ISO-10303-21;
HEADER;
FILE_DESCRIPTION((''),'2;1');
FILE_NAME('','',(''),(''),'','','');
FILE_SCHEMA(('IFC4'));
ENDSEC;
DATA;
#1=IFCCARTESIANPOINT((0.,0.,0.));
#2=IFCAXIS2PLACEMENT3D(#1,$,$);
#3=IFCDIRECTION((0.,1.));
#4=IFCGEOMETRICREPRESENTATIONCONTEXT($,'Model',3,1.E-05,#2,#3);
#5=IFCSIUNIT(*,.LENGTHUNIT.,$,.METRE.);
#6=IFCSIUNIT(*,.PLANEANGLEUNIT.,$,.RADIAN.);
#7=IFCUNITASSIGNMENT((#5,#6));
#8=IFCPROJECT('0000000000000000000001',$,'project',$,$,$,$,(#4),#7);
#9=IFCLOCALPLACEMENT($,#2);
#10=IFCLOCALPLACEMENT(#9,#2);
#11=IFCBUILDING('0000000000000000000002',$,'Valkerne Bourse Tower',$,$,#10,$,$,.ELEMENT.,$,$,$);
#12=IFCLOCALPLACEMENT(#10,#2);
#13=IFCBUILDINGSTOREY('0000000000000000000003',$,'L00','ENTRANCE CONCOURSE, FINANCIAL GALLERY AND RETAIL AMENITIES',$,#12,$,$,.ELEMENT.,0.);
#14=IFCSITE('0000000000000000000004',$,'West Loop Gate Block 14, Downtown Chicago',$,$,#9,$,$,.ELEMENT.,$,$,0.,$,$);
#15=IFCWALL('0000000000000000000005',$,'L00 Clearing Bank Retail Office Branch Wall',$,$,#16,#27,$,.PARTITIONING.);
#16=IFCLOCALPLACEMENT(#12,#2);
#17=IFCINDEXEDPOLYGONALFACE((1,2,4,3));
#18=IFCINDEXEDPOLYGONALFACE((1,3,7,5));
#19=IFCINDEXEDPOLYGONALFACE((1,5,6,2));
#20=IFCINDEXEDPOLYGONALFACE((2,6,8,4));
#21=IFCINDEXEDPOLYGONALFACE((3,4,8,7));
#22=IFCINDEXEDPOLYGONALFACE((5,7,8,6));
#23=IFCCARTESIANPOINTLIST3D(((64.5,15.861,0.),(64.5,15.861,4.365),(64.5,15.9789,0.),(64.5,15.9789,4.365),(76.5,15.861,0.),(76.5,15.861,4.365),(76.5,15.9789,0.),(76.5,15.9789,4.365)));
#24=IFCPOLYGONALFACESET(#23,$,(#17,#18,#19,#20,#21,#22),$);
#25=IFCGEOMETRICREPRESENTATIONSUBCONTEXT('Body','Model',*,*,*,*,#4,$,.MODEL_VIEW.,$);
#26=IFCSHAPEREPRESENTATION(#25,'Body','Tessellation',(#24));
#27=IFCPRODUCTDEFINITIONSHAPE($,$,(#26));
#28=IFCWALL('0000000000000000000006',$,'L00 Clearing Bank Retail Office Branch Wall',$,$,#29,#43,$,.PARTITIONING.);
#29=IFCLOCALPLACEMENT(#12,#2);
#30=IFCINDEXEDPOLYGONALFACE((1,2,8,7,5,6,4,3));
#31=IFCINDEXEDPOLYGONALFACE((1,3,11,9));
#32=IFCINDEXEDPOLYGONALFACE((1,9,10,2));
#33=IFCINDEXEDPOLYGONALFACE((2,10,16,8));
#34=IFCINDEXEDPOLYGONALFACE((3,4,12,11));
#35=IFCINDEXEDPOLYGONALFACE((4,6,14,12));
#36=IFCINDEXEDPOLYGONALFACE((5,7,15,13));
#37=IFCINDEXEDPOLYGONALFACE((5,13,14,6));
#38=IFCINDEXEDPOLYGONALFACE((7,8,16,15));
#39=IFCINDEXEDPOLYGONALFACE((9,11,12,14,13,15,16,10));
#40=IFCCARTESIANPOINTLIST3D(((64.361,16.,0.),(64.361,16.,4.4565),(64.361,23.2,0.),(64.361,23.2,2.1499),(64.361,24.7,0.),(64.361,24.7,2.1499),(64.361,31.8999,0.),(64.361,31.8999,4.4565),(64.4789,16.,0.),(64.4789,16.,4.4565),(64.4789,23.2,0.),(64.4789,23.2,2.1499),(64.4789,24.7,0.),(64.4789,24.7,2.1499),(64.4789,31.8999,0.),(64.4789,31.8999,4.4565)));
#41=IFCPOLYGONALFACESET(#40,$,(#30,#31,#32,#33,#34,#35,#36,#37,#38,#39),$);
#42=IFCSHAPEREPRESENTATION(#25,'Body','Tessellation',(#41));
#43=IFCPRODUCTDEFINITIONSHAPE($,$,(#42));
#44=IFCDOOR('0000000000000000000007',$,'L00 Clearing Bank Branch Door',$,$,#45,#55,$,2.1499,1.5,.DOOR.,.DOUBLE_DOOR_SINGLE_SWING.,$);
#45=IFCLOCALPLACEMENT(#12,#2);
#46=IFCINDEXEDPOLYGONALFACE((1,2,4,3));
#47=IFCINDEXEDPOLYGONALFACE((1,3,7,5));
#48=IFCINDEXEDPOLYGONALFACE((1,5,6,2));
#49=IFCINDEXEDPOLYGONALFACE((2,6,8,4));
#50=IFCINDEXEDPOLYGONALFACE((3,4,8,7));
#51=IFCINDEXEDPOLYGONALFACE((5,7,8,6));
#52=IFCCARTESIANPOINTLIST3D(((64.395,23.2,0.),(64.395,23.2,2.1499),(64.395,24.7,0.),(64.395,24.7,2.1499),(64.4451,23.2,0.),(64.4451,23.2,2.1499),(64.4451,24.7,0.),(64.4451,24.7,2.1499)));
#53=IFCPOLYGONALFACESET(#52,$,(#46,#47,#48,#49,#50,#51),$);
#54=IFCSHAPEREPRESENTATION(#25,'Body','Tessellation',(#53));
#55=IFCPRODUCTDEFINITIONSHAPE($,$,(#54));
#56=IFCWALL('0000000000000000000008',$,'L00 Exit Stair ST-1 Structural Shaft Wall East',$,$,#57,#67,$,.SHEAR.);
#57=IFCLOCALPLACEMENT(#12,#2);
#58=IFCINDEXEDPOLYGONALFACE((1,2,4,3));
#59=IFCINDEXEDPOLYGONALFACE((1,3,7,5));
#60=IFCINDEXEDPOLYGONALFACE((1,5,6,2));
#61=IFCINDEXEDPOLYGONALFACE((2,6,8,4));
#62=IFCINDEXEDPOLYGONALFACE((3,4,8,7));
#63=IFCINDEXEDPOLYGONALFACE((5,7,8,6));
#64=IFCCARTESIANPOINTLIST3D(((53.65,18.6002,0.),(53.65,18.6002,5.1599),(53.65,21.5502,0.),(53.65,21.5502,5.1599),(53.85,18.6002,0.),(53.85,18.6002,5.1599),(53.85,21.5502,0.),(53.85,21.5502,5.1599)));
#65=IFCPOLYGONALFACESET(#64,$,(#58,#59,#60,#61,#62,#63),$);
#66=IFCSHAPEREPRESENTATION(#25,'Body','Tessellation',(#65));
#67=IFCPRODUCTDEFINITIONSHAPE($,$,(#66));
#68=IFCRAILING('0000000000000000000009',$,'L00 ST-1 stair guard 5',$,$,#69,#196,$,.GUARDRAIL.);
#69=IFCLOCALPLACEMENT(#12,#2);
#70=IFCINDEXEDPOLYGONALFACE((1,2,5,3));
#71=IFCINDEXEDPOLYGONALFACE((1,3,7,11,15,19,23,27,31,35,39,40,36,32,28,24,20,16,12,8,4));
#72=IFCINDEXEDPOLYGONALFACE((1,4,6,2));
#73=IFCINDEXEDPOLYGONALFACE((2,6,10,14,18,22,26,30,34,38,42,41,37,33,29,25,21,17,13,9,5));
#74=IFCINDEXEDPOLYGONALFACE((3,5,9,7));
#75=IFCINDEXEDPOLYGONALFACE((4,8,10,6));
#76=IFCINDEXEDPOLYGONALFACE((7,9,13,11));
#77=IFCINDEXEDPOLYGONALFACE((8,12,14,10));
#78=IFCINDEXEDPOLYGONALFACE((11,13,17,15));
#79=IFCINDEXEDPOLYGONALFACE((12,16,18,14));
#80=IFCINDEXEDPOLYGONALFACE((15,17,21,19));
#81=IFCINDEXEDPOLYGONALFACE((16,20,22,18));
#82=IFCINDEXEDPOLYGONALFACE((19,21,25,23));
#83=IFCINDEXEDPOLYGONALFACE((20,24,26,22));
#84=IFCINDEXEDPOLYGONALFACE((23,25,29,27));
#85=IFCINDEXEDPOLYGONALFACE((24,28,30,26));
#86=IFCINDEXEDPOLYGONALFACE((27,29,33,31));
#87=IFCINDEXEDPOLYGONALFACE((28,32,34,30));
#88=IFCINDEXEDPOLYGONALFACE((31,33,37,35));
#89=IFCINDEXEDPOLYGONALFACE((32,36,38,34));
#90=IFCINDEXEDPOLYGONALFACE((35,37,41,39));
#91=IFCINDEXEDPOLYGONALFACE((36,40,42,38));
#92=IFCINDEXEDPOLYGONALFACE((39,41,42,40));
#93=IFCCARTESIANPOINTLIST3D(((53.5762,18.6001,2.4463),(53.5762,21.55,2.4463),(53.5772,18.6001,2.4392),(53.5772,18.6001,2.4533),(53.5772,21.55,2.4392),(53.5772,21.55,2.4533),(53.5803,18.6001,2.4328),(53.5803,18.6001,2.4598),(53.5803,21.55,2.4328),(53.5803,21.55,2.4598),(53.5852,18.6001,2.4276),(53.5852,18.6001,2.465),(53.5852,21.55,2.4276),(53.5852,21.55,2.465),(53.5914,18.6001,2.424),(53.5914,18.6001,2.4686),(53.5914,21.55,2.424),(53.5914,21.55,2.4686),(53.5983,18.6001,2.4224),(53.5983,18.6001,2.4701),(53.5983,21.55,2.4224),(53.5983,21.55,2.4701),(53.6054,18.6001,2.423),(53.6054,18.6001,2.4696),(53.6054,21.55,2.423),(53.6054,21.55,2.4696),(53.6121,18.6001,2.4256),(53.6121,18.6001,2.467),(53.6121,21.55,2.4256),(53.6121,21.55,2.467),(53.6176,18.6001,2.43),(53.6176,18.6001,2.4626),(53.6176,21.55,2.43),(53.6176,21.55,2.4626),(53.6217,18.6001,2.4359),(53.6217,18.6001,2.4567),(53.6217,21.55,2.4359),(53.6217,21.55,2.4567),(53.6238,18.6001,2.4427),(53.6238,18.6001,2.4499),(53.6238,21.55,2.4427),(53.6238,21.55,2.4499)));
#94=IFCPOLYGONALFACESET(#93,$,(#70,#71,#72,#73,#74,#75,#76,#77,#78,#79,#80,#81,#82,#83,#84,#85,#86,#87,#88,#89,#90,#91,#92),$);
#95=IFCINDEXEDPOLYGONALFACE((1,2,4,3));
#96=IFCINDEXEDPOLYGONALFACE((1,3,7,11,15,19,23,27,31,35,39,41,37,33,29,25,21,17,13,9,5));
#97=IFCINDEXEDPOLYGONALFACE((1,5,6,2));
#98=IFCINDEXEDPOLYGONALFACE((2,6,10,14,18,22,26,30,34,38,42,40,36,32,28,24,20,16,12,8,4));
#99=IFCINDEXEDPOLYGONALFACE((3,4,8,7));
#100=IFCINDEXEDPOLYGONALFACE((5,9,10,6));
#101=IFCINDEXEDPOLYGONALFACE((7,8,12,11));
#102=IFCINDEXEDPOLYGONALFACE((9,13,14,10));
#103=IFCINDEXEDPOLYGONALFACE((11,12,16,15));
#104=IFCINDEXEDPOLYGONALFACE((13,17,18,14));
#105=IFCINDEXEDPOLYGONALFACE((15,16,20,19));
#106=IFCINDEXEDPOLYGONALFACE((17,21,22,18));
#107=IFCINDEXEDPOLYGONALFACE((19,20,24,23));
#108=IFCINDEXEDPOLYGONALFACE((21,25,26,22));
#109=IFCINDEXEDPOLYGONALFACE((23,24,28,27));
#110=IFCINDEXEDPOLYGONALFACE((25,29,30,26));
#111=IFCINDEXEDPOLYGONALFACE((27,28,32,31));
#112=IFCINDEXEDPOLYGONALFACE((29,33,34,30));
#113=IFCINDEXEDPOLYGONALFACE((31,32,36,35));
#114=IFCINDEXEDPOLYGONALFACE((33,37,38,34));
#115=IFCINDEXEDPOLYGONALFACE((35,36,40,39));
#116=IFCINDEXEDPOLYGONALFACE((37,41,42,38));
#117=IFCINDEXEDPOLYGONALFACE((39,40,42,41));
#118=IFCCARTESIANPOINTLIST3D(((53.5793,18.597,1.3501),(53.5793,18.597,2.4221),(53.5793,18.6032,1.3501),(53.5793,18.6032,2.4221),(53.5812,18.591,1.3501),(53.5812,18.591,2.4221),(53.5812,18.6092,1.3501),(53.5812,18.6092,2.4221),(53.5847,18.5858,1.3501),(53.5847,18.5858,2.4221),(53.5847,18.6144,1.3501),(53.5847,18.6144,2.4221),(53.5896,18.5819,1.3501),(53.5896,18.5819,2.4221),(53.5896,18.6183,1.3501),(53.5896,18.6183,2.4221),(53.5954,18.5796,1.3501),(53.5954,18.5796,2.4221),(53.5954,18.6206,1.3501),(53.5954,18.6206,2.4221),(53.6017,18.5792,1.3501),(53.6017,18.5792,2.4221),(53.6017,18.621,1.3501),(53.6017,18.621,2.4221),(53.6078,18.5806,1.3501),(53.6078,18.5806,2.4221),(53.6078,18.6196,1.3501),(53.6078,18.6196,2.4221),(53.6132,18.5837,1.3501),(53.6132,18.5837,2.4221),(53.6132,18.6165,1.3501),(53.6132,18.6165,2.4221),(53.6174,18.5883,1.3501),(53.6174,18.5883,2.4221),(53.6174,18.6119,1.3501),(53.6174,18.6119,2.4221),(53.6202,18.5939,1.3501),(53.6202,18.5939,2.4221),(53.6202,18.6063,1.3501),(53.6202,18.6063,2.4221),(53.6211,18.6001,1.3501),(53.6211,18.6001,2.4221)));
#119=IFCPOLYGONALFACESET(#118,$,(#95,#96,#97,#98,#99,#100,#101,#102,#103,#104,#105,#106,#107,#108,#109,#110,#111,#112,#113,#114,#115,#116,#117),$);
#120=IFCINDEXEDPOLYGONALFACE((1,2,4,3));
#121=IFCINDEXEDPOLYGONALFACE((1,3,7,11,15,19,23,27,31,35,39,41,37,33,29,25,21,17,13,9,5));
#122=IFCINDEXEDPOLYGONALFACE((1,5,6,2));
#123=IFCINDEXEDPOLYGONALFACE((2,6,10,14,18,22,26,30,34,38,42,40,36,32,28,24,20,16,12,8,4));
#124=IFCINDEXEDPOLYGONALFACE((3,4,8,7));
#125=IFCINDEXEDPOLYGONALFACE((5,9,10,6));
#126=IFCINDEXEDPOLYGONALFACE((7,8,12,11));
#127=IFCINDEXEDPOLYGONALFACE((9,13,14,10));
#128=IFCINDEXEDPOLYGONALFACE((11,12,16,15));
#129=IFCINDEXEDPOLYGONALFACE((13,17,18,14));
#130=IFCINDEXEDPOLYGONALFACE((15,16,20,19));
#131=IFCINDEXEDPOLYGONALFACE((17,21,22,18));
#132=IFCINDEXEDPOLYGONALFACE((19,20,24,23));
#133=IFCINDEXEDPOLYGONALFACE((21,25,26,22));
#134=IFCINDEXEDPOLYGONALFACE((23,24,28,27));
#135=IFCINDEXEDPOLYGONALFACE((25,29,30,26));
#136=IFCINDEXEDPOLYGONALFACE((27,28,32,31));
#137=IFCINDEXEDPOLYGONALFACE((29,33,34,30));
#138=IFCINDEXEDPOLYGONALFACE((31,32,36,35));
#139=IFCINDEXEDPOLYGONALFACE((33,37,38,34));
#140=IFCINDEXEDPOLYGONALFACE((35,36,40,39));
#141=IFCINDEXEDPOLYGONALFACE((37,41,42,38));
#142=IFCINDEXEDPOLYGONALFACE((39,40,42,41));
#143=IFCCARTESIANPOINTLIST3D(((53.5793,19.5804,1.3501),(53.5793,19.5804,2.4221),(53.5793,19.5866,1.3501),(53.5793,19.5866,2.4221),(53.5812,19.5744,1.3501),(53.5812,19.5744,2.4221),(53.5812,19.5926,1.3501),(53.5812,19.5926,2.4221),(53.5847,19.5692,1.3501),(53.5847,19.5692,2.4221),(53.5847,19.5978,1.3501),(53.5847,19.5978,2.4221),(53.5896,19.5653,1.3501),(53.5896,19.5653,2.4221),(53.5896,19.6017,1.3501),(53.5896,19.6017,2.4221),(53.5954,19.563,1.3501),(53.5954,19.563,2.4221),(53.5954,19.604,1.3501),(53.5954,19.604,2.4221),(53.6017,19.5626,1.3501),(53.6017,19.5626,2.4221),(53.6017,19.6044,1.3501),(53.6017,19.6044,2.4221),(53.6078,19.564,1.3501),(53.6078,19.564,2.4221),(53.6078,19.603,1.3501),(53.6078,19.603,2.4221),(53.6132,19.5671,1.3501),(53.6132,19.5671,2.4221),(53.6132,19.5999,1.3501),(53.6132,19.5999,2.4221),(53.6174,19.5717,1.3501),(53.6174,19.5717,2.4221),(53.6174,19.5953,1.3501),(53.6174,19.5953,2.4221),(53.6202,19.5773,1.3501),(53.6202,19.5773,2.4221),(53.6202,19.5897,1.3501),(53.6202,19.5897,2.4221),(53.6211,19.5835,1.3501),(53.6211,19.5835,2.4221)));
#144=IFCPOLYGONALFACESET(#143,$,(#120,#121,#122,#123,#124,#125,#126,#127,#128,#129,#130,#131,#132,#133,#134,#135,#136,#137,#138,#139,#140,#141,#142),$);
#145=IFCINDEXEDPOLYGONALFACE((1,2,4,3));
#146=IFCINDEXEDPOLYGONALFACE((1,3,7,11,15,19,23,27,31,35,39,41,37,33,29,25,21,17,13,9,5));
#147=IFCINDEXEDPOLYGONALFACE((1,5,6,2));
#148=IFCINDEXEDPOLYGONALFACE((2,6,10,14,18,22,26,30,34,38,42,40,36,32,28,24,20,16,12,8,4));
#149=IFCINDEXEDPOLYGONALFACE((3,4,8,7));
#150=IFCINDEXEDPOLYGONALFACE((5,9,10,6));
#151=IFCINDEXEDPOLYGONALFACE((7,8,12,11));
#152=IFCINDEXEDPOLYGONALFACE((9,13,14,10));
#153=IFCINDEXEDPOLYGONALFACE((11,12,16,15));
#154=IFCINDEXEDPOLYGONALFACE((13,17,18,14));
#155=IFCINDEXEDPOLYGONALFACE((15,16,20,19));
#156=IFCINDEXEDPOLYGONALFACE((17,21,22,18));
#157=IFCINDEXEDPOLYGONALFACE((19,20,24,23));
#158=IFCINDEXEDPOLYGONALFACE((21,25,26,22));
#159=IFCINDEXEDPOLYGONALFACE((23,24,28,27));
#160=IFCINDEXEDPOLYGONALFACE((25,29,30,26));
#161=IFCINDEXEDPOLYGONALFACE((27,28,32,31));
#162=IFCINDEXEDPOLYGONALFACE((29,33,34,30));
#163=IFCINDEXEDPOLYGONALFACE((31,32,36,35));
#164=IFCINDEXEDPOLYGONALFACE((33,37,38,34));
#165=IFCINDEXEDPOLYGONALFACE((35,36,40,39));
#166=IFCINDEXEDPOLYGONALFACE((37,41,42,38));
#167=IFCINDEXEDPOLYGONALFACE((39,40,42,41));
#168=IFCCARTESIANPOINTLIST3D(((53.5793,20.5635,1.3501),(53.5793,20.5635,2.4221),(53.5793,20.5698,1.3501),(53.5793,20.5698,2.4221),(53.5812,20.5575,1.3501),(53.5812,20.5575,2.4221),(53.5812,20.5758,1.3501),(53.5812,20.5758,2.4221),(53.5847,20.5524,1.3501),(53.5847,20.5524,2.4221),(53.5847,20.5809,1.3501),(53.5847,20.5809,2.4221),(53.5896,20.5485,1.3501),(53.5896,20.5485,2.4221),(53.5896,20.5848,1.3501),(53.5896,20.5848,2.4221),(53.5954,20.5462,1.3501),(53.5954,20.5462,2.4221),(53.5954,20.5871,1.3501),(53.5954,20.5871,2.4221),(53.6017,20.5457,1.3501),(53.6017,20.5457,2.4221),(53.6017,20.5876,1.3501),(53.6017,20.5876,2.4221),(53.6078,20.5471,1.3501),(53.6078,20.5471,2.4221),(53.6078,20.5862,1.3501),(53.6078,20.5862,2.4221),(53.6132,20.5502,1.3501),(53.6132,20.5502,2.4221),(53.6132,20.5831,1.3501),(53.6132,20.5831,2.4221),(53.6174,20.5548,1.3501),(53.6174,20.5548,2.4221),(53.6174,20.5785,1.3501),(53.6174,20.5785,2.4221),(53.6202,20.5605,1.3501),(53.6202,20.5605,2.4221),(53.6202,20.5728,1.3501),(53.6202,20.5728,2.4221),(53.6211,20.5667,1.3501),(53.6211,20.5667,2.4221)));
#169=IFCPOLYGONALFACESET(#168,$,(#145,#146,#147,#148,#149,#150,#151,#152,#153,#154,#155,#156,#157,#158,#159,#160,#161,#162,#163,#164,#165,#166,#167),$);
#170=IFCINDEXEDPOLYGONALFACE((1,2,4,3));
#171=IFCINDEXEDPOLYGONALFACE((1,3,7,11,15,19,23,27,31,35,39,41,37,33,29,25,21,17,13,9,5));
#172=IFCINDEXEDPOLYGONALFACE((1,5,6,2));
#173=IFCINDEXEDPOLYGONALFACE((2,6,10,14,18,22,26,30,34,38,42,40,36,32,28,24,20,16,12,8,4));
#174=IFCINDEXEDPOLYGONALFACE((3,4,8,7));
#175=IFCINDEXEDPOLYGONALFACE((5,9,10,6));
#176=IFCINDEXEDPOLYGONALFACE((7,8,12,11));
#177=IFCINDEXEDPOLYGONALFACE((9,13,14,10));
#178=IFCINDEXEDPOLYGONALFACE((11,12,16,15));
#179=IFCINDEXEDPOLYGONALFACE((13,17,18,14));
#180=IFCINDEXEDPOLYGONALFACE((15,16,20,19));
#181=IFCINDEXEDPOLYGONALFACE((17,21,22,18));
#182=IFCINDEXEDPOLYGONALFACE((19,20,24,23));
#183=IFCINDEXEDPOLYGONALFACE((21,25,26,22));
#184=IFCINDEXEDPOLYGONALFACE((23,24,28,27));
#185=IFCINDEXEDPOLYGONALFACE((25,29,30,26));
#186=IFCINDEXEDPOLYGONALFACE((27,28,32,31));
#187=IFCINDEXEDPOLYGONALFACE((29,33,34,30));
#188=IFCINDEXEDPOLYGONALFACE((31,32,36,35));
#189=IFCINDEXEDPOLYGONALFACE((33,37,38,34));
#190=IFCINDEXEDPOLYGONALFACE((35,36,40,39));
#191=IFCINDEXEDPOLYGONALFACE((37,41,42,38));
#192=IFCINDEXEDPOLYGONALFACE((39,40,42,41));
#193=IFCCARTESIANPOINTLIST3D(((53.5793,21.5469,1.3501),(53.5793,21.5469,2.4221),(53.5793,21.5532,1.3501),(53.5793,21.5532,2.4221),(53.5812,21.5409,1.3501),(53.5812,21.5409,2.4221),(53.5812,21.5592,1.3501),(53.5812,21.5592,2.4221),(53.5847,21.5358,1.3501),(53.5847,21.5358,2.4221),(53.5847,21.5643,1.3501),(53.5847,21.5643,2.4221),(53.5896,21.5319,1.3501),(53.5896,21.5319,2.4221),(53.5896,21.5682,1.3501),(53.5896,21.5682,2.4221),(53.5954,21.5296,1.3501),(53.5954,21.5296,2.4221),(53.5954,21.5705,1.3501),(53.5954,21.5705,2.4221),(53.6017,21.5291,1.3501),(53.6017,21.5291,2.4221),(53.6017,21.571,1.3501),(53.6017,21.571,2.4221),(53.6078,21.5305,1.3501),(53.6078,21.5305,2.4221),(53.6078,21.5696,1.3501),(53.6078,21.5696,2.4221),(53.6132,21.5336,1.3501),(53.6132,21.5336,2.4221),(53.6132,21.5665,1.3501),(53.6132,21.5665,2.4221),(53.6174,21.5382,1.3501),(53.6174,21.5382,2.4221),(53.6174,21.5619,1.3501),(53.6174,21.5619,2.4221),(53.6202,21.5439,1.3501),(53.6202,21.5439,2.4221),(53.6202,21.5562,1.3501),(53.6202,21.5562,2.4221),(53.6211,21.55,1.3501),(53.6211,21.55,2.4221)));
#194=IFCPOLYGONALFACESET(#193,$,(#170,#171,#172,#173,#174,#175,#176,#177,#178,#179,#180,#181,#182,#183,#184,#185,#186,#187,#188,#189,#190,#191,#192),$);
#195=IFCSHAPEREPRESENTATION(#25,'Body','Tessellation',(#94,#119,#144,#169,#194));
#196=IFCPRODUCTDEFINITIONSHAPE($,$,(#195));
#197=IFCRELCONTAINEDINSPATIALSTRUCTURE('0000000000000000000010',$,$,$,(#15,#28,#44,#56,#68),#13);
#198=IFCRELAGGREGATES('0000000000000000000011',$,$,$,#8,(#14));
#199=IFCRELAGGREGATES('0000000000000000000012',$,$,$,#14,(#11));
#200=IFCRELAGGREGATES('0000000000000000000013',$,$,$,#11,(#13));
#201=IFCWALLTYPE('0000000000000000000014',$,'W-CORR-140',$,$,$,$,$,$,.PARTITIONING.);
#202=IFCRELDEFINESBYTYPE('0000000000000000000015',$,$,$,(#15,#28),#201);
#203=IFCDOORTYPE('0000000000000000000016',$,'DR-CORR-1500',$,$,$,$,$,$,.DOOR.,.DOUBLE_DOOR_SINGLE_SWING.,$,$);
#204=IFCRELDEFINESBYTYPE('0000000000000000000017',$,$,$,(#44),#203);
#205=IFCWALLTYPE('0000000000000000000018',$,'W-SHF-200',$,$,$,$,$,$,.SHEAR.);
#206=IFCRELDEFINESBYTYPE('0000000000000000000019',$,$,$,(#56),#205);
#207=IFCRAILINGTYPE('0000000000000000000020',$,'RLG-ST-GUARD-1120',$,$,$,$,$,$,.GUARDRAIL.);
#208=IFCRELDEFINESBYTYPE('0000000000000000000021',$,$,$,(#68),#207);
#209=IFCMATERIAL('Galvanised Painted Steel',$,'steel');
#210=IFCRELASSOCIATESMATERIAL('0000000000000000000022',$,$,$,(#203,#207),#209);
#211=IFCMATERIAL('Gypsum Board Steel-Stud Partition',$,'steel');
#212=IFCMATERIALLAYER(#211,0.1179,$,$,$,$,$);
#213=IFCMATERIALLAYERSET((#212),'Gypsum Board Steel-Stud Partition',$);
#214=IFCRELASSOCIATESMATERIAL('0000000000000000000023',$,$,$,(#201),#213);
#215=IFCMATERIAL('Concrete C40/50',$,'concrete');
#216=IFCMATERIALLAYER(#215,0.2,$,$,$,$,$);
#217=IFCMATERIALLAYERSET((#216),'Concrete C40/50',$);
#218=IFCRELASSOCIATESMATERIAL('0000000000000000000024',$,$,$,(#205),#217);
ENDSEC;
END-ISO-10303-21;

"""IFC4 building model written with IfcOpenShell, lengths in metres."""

from ifc_helpers import new_model, si_unit, direction, frame, frame_2d, origin, origin_2d, place, context, subcontext, project, spatial, rectangle, circle, extrude, material, layer, layer_set, type_object, element, fill, save


model = new_model("IFC4")

# Units and contexts
model_context = context("Model", 3, precision=1e-05, world=origin(), true_north=direction((0.0, 1.0)))
body_context = subcontext(model_context, "Body", "Model", "MODEL_VIEW")
ifc_project = project(units=[si_unit("LENGTHUNIT", "METRE"), si_unit("PLANEANGLEUNIT", "RADIAN")], contexts=[model_context])

# Site, building, storey
site_placement = place(None, origin())
site = spatial("IfcSite", under=ifc_project, at=site_placement, Name="West Loop Gate Block 14, Downtown Chicago", CompositionType="ELEMENT", RefElevation=0.0)
building_placement = place(site_placement, origin())
building = spatial("IfcBuilding", under=site, at=building_placement, Name="Valkerne Bourse Tower", CompositionType="ELEMENT")
storey_placement = place(building_placement, origin())
storey = spatial("IfcBuildingStorey", under=building, at=storey_placement, Name="L00", Description="ENTRANCE CONCOURSE, FINANCIAL GALLERY AND RETAIL AMENITIES", CompositionType="ELEMENT", Elevation=0.0)

# Shared definitions
ifc_material_1 = material(Name="Galvanised Painted Steel", Category="steel")
door_type_1 = type_object("IfcDoorType", Name="DR-CORR-1500", OperationType="DOUBLE_DOOR_SINGLE_SWING", PredefinedType="DOOR", material=ifc_material_1)
ifc_material_2 = material(Name="Gypsum Board Steel-Stud Partition", Category="steel")
ifc_layer_1 = layer(ifc_material_2, 0.1179)
ifc_layer_set_1 = layer_set([ifc_layer_1], Name="Gypsum Board Steel-Stud Partition")
wall_type_1 = type_object("IfcWallType", Name="W-CORR-140", PredefinedType="PARTITIONING", material=ifc_layer_set_1)

# Wall
wall_1_placement = place(storey_placement, frame((64.5, 15.9199, 0.0), z_axis=(0.0, 0.0, 1.0), x_axis=(1.0, 0.0, 0.0)))
element("IfcWall", 1, at=wall_1_placement, inside=storey, type_object=wall_type_1, Name="L00 Clearing Bank Retail Office Branch Wall", PredefinedType="PARTITIONING", context=body_context, shape_type="SweptSolid", body=[
    extrude(rectangle(XDim=12.0, YDim=0.1179, at=frame_2d((6.0, 0.0))), origin(), (0.0, 0.0, 1.0), 4.365),
])

# Wall, opening, door
wall_2_placement = place(storey_placement, frame((64.4199, 16.0, 0.0), z_axis=(0.0, 0.0, 1.0), x_axis=(0.0, 1.0, 0.0)))
wall_2 = element("IfcWall", 2, at=wall_2_placement, inside=storey, type_object=wall_type_1, Name="L00 Clearing Bank Retail Office Branch Wall", PredefinedType="PARTITIONING", context=body_context, shape_type="SweptSolid", body=[
    extrude(rectangle(XDim=15.8999, YDim=0.1179, at=frame_2d((7.95, 0.0))), origin(), (0.0, 0.0, 1.0), 4.4565),
])
opening_1_placement = place(wall_2_placement, frame((7.2, 0.0, 0.0)))
opening_1 = element("IfcOpeningElement", 3, at=opening_1_placement, cuts=wall_2, PredefinedType="OPENING", context=body_context, shape_type="SweptSolid", body=[
    extrude(rectangle(XDim=1.5, YDim=2.1499, at=frame_2d((0.75, 1.075))), frame((0.0, 0.0688, 0.0), z_axis=(0.0, -1.0, 0.0), x_axis=(1.0, 0.0, 0.0)), (0.0, 0.0, 1.0), 0.1379),
])
door_1_placement = place(opening_1_placement, origin())
door_1 = element("IfcDoor", 4, at=door_1_placement, inside=storey, type_object=door_type_1, Name="L00 Clearing Bank Branch Door", OperationType="DOUBLE_DOOR_SINGLE_SWING", OverallHeight=2.1499, OverallWidth=1.5, PredefinedType="DOOR", context=body_context, shape_type="SweptSolid", body=[
    extrude(rectangle(XDim=1.5, YDim=2.1499, at=frame_2d((0.75, 1.075))), frame((0.0, 0.0249, 0.0), z_axis=(0.0, -1.0, 0.0), x_axis=(1.0, 0.0, 0.0)), (0.0, 0.0, 1.0), 0.05),
])
fill(opening_1, door_1)

# Wall
ifc_material_3 = material(Name="Concrete C40/50", Category="concrete")
ifc_layer_2 = layer(ifc_material_3, 0.2)
ifc_layer_set_2 = layer_set([ifc_layer_2], Name="Concrete C40/50")
wall_type_2 = type_object("IfcWallType", Name="W-SHF-200", PredefinedType="SHEAR", material=ifc_layer_set_2)
wall_3_placement = place(storey_placement, frame((53.75, 18.6001, 0.0), z_axis=(0.0, 0.0, 1.0), x_axis=(0.0, 1.0, 0.0)))
element("IfcWall", 5, at=wall_3_placement, inside=storey, type_object=wall_type_2, Name="L00 Exit Stair ST-1 Structural Shaft Wall East", PredefinedType="SHEAR", context=body_context, shape_type="SweptSolid", body=[
    extrude(rectangle(XDim=2.95, YDim=0.2, at=frame_2d((1.4751, 0.0))), origin(), (0.0, 0.0, 1.0), 5.1599),
])

# Railing
railing_type = type_object("IfcRailingType", Name="RLG-ST-GUARD-1120", PredefinedType="GUARDRAIL", material=ifc_material_1)
for number, where, name in (
    (6, (53.6001, 18.6001, 1.3501), "L00 ST-1 stair guard 5"),
):
    element("IfcRailing", number, at=place(storey_placement, frame(where)), inside=storey, type_object=railing_type, Name=name, PredefinedType="GUARDRAIL", context=body_context, shape_type="SweptSolid", body=[
        extrude(circle(Radius=0.0239, at=origin_2d()), frame((0.0, 0.0, 1.0962), z_axis=(0.0, 1.0, 0.0), x_axis=(-1.0, 0.0, 0.0)), (0.0, 0.0, 1.0), 2.95),
        extrude(circle(Radius=0.021, at=origin_2d()), origin(), (0.0, 0.0, 1.0), 1.072),
        extrude(circle(Radius=0.021, at=origin_2d()), frame((0.0, 0.9834, 0.0)), (0.0, 0.0, 1.0), 1.072),
        extrude(circle(Radius=0.021, at=origin_2d()), frame((0.0, 1.9666, 0.0)), (0.0, 0.0, 1.0), 1.072),
        extrude(circle(Radius=0.021, at=origin_2d()), frame((0.0, 2.95, 0.0)), (0.0, 0.0, 1.0), 1.072),
    ])

save(model, "model.ifc")
